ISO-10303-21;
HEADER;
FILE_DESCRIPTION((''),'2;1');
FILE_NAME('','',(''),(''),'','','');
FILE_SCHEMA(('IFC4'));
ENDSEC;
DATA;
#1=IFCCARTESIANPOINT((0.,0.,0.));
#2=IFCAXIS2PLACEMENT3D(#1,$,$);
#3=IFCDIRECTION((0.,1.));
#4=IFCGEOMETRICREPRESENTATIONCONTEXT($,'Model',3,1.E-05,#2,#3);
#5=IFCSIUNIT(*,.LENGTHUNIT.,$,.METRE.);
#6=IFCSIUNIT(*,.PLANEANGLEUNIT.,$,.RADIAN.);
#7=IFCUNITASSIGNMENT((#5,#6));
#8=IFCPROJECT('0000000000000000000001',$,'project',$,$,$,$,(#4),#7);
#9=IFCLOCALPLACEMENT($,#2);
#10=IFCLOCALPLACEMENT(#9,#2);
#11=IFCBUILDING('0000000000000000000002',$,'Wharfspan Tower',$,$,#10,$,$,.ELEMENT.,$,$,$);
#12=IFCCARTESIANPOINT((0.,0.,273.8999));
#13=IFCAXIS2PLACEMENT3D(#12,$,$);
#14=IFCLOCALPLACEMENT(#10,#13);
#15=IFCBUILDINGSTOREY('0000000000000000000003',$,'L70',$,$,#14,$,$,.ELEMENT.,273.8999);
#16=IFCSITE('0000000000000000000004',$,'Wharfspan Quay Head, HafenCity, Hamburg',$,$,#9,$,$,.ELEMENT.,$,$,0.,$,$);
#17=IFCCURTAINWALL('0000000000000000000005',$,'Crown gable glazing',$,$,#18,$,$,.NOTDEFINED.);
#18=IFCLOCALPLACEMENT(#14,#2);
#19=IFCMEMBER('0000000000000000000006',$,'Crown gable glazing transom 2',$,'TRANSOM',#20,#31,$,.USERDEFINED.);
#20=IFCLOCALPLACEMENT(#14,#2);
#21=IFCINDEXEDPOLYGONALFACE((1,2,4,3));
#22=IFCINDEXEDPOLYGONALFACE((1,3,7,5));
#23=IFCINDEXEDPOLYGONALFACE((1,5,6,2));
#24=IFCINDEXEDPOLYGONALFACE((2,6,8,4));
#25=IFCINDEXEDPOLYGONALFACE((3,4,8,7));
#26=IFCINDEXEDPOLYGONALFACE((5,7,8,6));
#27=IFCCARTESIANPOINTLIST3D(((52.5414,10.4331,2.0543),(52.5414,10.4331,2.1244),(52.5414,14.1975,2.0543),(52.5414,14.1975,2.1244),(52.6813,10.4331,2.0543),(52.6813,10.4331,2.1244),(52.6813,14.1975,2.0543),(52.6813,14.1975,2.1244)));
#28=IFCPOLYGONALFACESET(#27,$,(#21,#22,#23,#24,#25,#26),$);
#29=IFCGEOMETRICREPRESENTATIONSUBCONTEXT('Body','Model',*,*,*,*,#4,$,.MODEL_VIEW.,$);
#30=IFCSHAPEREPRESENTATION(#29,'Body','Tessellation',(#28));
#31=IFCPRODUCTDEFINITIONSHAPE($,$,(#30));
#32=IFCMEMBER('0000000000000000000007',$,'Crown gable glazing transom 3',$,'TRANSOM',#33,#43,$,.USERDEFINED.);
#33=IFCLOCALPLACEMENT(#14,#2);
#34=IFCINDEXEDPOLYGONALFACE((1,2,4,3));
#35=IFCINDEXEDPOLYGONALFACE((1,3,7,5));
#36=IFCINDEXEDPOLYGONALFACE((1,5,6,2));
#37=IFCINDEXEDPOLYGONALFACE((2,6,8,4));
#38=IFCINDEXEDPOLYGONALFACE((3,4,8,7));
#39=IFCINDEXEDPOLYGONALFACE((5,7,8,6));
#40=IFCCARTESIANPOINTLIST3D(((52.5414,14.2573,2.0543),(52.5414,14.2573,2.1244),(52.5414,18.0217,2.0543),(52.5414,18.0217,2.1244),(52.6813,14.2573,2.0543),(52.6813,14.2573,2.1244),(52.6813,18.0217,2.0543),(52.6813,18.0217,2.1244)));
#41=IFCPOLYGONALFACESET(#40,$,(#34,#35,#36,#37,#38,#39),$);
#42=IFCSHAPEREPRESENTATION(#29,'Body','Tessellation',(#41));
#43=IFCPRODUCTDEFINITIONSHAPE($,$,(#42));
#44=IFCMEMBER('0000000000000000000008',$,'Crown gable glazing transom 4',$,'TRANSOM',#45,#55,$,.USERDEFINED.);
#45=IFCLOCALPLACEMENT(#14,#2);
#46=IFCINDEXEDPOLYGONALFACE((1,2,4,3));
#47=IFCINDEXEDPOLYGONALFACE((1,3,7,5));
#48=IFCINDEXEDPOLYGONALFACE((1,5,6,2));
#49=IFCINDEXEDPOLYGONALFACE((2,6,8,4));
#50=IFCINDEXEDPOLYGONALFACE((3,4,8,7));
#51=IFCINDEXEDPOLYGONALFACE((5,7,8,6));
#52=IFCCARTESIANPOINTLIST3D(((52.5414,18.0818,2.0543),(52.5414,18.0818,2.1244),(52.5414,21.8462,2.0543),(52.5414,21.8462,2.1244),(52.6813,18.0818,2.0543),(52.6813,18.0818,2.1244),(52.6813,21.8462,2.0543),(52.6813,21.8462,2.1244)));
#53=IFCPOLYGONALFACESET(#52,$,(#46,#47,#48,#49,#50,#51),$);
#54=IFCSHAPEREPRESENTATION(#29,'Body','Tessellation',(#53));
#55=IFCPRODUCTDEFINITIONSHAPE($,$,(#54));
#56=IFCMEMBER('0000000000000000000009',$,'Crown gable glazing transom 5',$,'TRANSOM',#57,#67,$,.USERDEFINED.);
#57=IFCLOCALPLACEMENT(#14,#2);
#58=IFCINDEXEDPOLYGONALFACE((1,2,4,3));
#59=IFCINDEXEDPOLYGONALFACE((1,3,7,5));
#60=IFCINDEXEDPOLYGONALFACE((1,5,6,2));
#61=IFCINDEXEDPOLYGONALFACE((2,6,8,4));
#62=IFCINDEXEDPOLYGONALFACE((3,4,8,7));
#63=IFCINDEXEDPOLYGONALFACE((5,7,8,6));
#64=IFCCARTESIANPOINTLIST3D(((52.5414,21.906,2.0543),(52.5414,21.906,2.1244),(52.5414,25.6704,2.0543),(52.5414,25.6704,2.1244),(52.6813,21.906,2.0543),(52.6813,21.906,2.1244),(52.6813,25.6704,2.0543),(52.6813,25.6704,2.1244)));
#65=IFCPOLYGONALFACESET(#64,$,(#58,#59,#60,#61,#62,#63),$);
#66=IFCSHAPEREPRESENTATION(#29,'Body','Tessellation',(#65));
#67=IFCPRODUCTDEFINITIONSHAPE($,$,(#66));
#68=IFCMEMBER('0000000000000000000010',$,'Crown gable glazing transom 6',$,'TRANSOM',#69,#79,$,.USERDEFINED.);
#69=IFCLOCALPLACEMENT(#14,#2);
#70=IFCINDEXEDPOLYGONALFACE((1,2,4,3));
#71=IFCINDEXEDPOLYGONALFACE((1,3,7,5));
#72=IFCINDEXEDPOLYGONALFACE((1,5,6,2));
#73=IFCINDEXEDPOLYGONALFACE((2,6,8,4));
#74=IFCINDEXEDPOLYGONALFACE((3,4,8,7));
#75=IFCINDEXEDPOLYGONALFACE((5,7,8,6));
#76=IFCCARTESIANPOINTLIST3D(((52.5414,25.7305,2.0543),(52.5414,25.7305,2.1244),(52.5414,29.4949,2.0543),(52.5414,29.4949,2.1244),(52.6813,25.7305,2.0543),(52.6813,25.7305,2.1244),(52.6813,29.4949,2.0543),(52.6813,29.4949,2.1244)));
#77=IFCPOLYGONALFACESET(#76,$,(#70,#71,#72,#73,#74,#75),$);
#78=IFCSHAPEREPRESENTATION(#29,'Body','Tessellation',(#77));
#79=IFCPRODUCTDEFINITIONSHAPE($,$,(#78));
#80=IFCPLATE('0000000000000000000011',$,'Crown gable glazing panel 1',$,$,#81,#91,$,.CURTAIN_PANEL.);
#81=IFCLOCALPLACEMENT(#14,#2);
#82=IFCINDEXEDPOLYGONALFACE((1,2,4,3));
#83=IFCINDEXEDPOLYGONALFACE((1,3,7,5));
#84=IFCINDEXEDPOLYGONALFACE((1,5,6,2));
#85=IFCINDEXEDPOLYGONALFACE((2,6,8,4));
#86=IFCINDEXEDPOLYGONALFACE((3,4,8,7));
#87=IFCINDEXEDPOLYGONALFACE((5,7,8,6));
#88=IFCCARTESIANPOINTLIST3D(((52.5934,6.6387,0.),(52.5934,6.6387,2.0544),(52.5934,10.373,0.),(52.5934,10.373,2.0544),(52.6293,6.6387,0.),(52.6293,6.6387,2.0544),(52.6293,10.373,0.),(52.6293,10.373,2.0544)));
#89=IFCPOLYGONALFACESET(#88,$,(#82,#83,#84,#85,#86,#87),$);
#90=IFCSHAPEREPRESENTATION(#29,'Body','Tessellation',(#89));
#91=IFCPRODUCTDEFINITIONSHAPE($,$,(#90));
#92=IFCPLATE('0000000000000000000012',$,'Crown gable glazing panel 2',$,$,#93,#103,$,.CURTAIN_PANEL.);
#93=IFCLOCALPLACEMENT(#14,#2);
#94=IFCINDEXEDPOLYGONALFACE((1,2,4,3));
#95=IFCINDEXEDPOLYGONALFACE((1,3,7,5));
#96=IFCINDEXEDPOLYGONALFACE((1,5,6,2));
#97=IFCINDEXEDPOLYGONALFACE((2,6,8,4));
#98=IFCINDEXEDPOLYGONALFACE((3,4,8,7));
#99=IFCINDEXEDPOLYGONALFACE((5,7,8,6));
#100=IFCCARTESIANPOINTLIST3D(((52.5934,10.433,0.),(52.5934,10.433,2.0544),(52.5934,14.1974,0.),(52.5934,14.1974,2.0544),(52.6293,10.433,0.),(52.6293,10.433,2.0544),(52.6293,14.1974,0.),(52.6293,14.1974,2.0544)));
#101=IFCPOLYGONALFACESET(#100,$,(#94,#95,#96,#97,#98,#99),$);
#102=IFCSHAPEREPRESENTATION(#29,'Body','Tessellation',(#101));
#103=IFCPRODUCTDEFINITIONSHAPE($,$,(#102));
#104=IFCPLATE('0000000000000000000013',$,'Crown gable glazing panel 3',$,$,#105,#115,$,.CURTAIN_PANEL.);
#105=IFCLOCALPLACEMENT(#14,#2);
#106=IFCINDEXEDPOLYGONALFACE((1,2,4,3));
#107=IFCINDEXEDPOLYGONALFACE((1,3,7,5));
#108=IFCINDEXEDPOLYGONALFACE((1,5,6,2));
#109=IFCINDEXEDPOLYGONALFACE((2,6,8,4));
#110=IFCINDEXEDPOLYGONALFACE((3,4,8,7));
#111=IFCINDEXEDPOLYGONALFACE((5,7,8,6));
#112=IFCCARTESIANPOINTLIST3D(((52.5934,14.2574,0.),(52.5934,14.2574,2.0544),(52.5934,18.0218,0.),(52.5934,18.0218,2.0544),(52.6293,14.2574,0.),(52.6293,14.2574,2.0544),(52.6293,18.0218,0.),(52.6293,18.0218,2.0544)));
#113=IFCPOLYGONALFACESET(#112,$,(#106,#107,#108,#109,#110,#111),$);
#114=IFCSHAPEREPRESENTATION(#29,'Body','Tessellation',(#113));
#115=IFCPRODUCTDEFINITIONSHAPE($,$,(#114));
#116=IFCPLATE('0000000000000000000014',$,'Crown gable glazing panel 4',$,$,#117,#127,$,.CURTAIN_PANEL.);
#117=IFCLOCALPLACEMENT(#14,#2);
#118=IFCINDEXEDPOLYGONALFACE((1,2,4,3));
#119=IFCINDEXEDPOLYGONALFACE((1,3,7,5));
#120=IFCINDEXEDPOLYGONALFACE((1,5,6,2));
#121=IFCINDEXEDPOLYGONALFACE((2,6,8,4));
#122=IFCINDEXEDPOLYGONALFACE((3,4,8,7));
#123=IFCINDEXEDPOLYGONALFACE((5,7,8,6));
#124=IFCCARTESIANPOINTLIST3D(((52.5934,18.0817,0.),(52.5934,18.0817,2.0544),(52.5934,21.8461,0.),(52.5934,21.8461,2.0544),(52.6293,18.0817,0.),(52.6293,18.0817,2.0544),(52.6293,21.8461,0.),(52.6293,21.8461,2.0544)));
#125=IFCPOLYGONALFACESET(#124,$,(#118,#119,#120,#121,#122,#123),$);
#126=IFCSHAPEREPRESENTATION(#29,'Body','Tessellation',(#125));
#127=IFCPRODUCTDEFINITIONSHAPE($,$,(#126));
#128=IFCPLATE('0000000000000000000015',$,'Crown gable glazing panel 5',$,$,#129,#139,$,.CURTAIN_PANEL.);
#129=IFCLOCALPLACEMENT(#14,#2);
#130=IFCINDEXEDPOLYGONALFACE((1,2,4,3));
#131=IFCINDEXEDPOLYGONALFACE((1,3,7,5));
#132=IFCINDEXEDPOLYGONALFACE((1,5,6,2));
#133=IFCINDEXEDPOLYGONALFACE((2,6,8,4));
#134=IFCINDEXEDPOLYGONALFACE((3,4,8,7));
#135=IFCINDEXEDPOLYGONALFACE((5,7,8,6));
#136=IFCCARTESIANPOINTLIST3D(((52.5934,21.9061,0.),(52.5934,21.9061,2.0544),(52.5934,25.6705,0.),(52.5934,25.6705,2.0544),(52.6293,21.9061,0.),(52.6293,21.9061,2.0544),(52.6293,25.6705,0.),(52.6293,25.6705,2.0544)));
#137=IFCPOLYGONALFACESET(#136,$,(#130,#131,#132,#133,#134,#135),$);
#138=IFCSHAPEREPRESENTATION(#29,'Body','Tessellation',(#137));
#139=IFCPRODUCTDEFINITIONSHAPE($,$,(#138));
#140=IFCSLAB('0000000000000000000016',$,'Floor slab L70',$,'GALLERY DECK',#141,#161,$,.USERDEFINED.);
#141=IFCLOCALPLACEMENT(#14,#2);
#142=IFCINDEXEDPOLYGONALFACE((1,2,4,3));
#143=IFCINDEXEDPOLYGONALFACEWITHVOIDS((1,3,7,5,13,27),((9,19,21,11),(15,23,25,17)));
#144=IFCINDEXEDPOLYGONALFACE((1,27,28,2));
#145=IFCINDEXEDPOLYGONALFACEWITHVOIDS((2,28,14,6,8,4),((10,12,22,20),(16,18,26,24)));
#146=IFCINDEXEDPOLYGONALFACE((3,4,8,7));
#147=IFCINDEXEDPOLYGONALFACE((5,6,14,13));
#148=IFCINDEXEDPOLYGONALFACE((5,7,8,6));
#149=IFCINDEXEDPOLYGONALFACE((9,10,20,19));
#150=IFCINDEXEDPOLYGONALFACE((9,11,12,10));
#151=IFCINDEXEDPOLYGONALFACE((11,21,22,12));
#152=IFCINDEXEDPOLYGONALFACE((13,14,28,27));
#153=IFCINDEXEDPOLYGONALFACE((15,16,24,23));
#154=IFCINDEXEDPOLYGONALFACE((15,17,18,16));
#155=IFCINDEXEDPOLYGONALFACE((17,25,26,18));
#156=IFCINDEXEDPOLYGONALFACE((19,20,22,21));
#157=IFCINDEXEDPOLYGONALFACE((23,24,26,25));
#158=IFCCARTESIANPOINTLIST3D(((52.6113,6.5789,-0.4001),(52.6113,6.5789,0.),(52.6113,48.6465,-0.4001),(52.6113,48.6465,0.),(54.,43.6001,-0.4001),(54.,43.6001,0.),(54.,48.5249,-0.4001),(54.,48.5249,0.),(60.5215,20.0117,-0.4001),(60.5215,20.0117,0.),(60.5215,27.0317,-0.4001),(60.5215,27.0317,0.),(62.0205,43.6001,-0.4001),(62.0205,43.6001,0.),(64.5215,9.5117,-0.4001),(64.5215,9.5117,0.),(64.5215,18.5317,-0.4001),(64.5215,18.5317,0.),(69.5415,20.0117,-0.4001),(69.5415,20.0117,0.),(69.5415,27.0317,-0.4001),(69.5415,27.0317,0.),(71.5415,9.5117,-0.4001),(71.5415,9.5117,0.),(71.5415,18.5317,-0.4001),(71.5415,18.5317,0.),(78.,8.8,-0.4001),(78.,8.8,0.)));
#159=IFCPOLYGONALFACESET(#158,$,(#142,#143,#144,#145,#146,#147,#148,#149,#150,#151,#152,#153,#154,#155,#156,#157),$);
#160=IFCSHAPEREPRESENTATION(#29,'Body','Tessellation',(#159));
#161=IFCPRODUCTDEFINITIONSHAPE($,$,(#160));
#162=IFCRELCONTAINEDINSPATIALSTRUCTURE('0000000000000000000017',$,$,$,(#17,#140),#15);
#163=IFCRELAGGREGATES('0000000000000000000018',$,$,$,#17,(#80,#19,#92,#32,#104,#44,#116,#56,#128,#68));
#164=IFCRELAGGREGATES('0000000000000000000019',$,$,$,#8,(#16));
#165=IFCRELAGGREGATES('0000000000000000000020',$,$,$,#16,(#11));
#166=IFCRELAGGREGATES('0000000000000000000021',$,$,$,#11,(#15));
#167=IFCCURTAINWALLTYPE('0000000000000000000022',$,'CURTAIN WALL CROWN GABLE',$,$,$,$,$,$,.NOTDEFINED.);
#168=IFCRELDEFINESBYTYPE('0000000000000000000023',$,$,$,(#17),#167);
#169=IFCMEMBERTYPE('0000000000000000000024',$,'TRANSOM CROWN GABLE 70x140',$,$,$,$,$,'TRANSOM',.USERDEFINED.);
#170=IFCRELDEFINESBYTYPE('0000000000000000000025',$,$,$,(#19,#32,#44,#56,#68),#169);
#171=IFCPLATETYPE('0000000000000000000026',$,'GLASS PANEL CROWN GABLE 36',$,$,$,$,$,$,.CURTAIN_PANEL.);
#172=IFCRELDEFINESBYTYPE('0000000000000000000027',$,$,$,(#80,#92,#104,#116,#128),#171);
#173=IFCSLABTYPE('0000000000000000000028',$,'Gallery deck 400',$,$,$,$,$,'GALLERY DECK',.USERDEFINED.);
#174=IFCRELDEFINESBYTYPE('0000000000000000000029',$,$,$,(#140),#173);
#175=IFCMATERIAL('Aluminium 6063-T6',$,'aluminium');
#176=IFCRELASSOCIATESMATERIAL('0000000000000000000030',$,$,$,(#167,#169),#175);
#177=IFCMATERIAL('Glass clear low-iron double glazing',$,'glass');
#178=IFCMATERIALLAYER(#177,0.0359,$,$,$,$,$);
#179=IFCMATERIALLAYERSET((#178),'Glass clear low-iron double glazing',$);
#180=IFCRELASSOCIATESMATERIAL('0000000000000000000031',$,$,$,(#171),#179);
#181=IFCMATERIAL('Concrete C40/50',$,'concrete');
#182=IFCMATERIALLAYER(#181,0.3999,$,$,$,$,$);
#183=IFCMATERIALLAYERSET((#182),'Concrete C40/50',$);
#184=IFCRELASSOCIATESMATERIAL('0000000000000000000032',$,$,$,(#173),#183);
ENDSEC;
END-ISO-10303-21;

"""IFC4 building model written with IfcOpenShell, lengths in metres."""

from ifc_helpers import new_model, si_unit, direction, frame, origin, origin_2d, place, context, subcontext, project, spatial, polyline, rectangle, outline, extrude, material, layer, layer_set, material_profile, profile_set, type_object, element, aggregate, save


model = new_model("IFC4")

# Units and contexts
model_context = context("Model", 3, precision=1e-05, world=origin(), true_north=direction((0.0, 1.0)))
body_context = subcontext(model_context, "Body", "Model", "MODEL_VIEW")
ifc_project = project(units=[si_unit("LENGTHUNIT", "METRE"), si_unit("PLANEANGLEUNIT", "RADIAN")], contexts=[model_context])

# Site, building, storey
site_placement = place(None, origin())
site = spatial("IfcSite", under=ifc_project, at=site_placement, Name="Wharfspan Quay Head, HafenCity, Hamburg", CompositionType="ELEMENT", RefElevation=0.0)
building_placement = place(site_placement, origin())
building = spatial("IfcBuilding", under=site, at=building_placement, Name="Wharfspan Tower", CompositionType="ELEMENT")
storey_placement = place(building_placement, frame((0.0, 0.0, 273.8999)))
storey = spatial("IfcBuildingStorey", under=building, at=storey_placement, Name="L70", CompositionType="ELEMENT", Elevation=273.8999)

# Curtain wall
ifc_material_1 = material(Name="Aluminium 6063-T6", Category="aluminium")
curtain_wall_type = type_object("IfcCurtainWallType", Name="CURTAIN WALL CROWN GABLE", PredefinedType="NOTDEFINED", material=ifc_material_1)
curtain_wall_placement = place(storey_placement, origin())
curtain_wall = element("IfcCurtainWall", 1, at=curtain_wall_placement, inside=storey, type_object=curtain_wall_type, Name="Crown gable glazing", PredefinedType="NOTDEFINED")

# Members
ifc_material_profile_1 = material_profile(ifc_material_1, rectangle(XDim=0.1399, YDim=0.0701, at=origin_2d()))
ifc_profile_set_1 = profile_set([ifc_material_profile_1], Name="Aluminium 6063-T6")
member_type_1 = type_object("IfcMemberType", Name="TRANSOM CROWN GABLE 70x140", ElementType="TRANSOM", PredefinedType="USERDEFINED", material=ifc_profile_set_1)
member_1_placement = place(storey_placement, frame((52.6113, 10.4331, 2.0894), z_axis=(0.0, 1.0, 0.0), x_axis=(-1.0, 0.0, 0.0)))
member_1 = element("IfcMember", 2, at=member_1_placement, type_object=member_type_1, Name="Crown gable glazing transom 2", ObjectType="TRANSOM", PredefinedType="USERDEFINED", context=body_context, shape_type="SweptSolid", body=[
    extrude(rectangle(XDim=0.1399, YDim=0.0701, at=origin_2d()), origin(), (0.0, 0.0, 1.0), 3.7644),
])
member_2_placement = place(storey_placement, frame((52.6113, 14.2573, 2.0894), z_axis=(0.0, 1.0, 0.0), x_axis=(-1.0, 0.0, 0.0)))
member_2 = element("IfcMember", 3, at=member_2_placement, type_object=member_type_1, Name="Crown gable glazing transom 3", ObjectType="TRANSOM", PredefinedType="USERDEFINED", context=body_context, shape_type="SweptSolid", body=[
    extrude(rectangle(XDim=0.1399, YDim=0.0701, at=origin_2d()), origin(), (0.0, 0.0, 1.0), 3.7644),
])
member_3_placement = place(storey_placement, frame((52.6113, 18.0818, 2.0894), z_axis=(0.0, 1.0, 0.0), x_axis=(-1.0, 0.0, 0.0)))
member_3 = element("IfcMember", 4, at=member_3_placement, type_object=member_type_1, Name="Crown gable glazing transom 4", ObjectType="TRANSOM", PredefinedType="USERDEFINED", context=body_context, shape_type="SweptSolid", body=[
    extrude(rectangle(XDim=0.1399, YDim=0.0701, at=origin_2d()), origin(), (0.0, 0.0, 1.0), 3.7644),
])
member_4_placement = place(storey_placement, frame((52.6113, 21.906, 2.0894), z_axis=(0.0, 1.0, 0.0), x_axis=(-1.0, 0.0, 0.0)))
member_4 = element("IfcMember", 5, at=member_4_placement, type_object=member_type_1, Name="Crown gable glazing transom 5", ObjectType="TRANSOM", PredefinedType="USERDEFINED", context=body_context, shape_type="SweptSolid", body=[
    extrude(rectangle(XDim=0.1399, YDim=0.0701, at=origin_2d()), origin(), (0.0, 0.0, 1.0), 3.7644),
])
member_5_placement = place(storey_placement, frame((52.6113, 25.7305, 2.0894), z_axis=(0.0, 1.0, 0.0), x_axis=(-1.0, 0.0, 0.0)))
member_5 = element("IfcMember", 6, at=member_5_placement, type_object=member_type_1, Name="Crown gable glazing transom 6", ObjectType="TRANSOM", PredefinedType="USERDEFINED", context=body_context, shape_type="SweptSolid", body=[
    extrude(rectangle(XDim=0.1399, YDim=0.0701, at=origin_2d()), origin(), (0.0, 0.0, 1.0), 3.7644),
])

# Plates
ifc_material_2 = material(Name="Glass clear low-iron double glazing", Category="glass")
ifc_layer_1 = layer(ifc_material_2, 0.0359)
ifc_layer_set_1 = layer_set([ifc_layer_1], Name="Glass clear low-iron double glazing")
plate_type = type_object("IfcPlateType", Name="GLASS PANEL CROWN GABLE 36", PredefinedType="CURTAIN_PANEL", material=ifc_layer_set_1)
plate_1_placement = place(storey_placement, frame((52.6113, 8.5059, 0.0), z_axis=(0.0, 0.0, 1.0), x_axis=(0.0, 1.0, 0.0)))
plate_1 = element("IfcPlate", 7, at=plate_1_placement, type_object=plate_type, Name="Crown gable glazing panel 1", PredefinedType="CURTAIN_PANEL", context=body_context, shape_type="SweptSolid", body=[
    extrude(rectangle(XDim=3.7344, YDim=0.0359, at=origin_2d()), origin(), (0.0, 0.0, 1.0), 2.0544),
])
plate_2_placement = place(storey_placement, frame((52.6113, 12.3152, 0.0), z_axis=(0.0, 0.0, 1.0), x_axis=(0.0, 1.0, 0.0)))
plate_2 = element("IfcPlate", 8, at=plate_2_placement, type_object=plate_type, Name="Crown gable glazing panel 2", PredefinedType="CURTAIN_PANEL", context=body_context, shape_type="SweptSolid", body=[
    extrude(rectangle(XDim=3.7644, YDim=0.0359, at=origin_2d()), origin(), (0.0, 0.0, 1.0), 2.0544),
])
plate_3_placement = place(storey_placement, frame((52.6113, 16.1396, 0.0), z_axis=(0.0, 0.0, 1.0), x_axis=(0.0, 1.0, 0.0)))
plate_3 = element("IfcPlate", 9, at=plate_3_placement, type_object=plate_type, Name="Crown gable glazing panel 3", PredefinedType="CURTAIN_PANEL", context=body_context, shape_type="SweptSolid", body=[
    extrude(rectangle(XDim=3.7644, YDim=0.0359, at=origin_2d()), origin(), (0.0, 0.0, 1.0), 2.0544),
])
plate_4_placement = place(storey_placement, frame((52.6113, 19.9639, 0.0), z_axis=(0.0, 0.0, 1.0), x_axis=(0.0, 1.0, 0.0)))
plate_4 = element("IfcPlate", 10, at=plate_4_placement, type_object=plate_type, Name="Crown gable glazing panel 4", PredefinedType="CURTAIN_PANEL", context=body_context, shape_type="SweptSolid", body=[
    extrude(rectangle(XDim=3.7644, YDim=0.0359, at=origin_2d()), origin(), (0.0, 0.0, 1.0), 2.0544),
])
plate_5_placement = place(storey_placement, frame((52.6113, 23.7883, 0.0), z_axis=(0.0, 0.0, 1.0), x_axis=(0.0, 1.0, 0.0)))
plate_5 = element("IfcPlate", 11, at=plate_5_placement, type_object=plate_type, Name="Crown gable glazing panel 5", PredefinedType="CURTAIN_PANEL", context=body_context, shape_type="SweptSolid", body=[
    extrude(rectangle(XDim=3.7644, YDim=0.0359, at=origin_2d()), origin(), (0.0, 0.0, 1.0), 2.0544),
])
aggregate(curtain_wall, [plate_1, member_1, plate_2, member_2, plate_3, member_3, plate_4, member_4, plate_5, member_5])

# Slab
ifc_material_3 = material(Name="Concrete C40/50", Category="concrete")
ifc_layer_2 = layer(ifc_material_3, 0.3999)
ifc_layer_set_2 = layer_set([ifc_layer_2], Name="Concrete C40/50")
slab_type_1 = type_object("IfcSlabType", Name="Gallery deck 400", ElementType="GALLERY DECK", PredefinedType="USERDEFINED", material=ifc_layer_set_2)
slab_1_placement = place(storey_placement, frame((0.0, 0.0, -0.4001)))
element("IfcSlab", 12, at=slab_1_placement, inside=storey, type_object=slab_type_1, Name="Floor slab L70", ObjectType="GALLERY DECK", PredefinedType="USERDEFINED", context=body_context, shape_type="SweptSolid", body=[
    extrude(outline(polyline([(54.0, 48.5249), (52.6113, 48.6465), (52.6113, 6.5789), (78.0, 8.8), (62.0205, 43.6001), (54.0, 43.6001), (54.0, 48.5249)]), holes=[polyline([(64.5215, 9.5117), (64.5215, 18.5317), (71.5415, 18.5317), (71.5415, 9.5117), (64.5215, 9.5117)]), polyline([(60.5215, 20.0117), (60.5215, 27.0317), (69.5415, 27.0317), (69.5415, 20.0117), (60.5215, 20.0117)])]), origin(), (0.0, 0.0, 1.0), 0.4001),
])

save(model, "model.ifc")
